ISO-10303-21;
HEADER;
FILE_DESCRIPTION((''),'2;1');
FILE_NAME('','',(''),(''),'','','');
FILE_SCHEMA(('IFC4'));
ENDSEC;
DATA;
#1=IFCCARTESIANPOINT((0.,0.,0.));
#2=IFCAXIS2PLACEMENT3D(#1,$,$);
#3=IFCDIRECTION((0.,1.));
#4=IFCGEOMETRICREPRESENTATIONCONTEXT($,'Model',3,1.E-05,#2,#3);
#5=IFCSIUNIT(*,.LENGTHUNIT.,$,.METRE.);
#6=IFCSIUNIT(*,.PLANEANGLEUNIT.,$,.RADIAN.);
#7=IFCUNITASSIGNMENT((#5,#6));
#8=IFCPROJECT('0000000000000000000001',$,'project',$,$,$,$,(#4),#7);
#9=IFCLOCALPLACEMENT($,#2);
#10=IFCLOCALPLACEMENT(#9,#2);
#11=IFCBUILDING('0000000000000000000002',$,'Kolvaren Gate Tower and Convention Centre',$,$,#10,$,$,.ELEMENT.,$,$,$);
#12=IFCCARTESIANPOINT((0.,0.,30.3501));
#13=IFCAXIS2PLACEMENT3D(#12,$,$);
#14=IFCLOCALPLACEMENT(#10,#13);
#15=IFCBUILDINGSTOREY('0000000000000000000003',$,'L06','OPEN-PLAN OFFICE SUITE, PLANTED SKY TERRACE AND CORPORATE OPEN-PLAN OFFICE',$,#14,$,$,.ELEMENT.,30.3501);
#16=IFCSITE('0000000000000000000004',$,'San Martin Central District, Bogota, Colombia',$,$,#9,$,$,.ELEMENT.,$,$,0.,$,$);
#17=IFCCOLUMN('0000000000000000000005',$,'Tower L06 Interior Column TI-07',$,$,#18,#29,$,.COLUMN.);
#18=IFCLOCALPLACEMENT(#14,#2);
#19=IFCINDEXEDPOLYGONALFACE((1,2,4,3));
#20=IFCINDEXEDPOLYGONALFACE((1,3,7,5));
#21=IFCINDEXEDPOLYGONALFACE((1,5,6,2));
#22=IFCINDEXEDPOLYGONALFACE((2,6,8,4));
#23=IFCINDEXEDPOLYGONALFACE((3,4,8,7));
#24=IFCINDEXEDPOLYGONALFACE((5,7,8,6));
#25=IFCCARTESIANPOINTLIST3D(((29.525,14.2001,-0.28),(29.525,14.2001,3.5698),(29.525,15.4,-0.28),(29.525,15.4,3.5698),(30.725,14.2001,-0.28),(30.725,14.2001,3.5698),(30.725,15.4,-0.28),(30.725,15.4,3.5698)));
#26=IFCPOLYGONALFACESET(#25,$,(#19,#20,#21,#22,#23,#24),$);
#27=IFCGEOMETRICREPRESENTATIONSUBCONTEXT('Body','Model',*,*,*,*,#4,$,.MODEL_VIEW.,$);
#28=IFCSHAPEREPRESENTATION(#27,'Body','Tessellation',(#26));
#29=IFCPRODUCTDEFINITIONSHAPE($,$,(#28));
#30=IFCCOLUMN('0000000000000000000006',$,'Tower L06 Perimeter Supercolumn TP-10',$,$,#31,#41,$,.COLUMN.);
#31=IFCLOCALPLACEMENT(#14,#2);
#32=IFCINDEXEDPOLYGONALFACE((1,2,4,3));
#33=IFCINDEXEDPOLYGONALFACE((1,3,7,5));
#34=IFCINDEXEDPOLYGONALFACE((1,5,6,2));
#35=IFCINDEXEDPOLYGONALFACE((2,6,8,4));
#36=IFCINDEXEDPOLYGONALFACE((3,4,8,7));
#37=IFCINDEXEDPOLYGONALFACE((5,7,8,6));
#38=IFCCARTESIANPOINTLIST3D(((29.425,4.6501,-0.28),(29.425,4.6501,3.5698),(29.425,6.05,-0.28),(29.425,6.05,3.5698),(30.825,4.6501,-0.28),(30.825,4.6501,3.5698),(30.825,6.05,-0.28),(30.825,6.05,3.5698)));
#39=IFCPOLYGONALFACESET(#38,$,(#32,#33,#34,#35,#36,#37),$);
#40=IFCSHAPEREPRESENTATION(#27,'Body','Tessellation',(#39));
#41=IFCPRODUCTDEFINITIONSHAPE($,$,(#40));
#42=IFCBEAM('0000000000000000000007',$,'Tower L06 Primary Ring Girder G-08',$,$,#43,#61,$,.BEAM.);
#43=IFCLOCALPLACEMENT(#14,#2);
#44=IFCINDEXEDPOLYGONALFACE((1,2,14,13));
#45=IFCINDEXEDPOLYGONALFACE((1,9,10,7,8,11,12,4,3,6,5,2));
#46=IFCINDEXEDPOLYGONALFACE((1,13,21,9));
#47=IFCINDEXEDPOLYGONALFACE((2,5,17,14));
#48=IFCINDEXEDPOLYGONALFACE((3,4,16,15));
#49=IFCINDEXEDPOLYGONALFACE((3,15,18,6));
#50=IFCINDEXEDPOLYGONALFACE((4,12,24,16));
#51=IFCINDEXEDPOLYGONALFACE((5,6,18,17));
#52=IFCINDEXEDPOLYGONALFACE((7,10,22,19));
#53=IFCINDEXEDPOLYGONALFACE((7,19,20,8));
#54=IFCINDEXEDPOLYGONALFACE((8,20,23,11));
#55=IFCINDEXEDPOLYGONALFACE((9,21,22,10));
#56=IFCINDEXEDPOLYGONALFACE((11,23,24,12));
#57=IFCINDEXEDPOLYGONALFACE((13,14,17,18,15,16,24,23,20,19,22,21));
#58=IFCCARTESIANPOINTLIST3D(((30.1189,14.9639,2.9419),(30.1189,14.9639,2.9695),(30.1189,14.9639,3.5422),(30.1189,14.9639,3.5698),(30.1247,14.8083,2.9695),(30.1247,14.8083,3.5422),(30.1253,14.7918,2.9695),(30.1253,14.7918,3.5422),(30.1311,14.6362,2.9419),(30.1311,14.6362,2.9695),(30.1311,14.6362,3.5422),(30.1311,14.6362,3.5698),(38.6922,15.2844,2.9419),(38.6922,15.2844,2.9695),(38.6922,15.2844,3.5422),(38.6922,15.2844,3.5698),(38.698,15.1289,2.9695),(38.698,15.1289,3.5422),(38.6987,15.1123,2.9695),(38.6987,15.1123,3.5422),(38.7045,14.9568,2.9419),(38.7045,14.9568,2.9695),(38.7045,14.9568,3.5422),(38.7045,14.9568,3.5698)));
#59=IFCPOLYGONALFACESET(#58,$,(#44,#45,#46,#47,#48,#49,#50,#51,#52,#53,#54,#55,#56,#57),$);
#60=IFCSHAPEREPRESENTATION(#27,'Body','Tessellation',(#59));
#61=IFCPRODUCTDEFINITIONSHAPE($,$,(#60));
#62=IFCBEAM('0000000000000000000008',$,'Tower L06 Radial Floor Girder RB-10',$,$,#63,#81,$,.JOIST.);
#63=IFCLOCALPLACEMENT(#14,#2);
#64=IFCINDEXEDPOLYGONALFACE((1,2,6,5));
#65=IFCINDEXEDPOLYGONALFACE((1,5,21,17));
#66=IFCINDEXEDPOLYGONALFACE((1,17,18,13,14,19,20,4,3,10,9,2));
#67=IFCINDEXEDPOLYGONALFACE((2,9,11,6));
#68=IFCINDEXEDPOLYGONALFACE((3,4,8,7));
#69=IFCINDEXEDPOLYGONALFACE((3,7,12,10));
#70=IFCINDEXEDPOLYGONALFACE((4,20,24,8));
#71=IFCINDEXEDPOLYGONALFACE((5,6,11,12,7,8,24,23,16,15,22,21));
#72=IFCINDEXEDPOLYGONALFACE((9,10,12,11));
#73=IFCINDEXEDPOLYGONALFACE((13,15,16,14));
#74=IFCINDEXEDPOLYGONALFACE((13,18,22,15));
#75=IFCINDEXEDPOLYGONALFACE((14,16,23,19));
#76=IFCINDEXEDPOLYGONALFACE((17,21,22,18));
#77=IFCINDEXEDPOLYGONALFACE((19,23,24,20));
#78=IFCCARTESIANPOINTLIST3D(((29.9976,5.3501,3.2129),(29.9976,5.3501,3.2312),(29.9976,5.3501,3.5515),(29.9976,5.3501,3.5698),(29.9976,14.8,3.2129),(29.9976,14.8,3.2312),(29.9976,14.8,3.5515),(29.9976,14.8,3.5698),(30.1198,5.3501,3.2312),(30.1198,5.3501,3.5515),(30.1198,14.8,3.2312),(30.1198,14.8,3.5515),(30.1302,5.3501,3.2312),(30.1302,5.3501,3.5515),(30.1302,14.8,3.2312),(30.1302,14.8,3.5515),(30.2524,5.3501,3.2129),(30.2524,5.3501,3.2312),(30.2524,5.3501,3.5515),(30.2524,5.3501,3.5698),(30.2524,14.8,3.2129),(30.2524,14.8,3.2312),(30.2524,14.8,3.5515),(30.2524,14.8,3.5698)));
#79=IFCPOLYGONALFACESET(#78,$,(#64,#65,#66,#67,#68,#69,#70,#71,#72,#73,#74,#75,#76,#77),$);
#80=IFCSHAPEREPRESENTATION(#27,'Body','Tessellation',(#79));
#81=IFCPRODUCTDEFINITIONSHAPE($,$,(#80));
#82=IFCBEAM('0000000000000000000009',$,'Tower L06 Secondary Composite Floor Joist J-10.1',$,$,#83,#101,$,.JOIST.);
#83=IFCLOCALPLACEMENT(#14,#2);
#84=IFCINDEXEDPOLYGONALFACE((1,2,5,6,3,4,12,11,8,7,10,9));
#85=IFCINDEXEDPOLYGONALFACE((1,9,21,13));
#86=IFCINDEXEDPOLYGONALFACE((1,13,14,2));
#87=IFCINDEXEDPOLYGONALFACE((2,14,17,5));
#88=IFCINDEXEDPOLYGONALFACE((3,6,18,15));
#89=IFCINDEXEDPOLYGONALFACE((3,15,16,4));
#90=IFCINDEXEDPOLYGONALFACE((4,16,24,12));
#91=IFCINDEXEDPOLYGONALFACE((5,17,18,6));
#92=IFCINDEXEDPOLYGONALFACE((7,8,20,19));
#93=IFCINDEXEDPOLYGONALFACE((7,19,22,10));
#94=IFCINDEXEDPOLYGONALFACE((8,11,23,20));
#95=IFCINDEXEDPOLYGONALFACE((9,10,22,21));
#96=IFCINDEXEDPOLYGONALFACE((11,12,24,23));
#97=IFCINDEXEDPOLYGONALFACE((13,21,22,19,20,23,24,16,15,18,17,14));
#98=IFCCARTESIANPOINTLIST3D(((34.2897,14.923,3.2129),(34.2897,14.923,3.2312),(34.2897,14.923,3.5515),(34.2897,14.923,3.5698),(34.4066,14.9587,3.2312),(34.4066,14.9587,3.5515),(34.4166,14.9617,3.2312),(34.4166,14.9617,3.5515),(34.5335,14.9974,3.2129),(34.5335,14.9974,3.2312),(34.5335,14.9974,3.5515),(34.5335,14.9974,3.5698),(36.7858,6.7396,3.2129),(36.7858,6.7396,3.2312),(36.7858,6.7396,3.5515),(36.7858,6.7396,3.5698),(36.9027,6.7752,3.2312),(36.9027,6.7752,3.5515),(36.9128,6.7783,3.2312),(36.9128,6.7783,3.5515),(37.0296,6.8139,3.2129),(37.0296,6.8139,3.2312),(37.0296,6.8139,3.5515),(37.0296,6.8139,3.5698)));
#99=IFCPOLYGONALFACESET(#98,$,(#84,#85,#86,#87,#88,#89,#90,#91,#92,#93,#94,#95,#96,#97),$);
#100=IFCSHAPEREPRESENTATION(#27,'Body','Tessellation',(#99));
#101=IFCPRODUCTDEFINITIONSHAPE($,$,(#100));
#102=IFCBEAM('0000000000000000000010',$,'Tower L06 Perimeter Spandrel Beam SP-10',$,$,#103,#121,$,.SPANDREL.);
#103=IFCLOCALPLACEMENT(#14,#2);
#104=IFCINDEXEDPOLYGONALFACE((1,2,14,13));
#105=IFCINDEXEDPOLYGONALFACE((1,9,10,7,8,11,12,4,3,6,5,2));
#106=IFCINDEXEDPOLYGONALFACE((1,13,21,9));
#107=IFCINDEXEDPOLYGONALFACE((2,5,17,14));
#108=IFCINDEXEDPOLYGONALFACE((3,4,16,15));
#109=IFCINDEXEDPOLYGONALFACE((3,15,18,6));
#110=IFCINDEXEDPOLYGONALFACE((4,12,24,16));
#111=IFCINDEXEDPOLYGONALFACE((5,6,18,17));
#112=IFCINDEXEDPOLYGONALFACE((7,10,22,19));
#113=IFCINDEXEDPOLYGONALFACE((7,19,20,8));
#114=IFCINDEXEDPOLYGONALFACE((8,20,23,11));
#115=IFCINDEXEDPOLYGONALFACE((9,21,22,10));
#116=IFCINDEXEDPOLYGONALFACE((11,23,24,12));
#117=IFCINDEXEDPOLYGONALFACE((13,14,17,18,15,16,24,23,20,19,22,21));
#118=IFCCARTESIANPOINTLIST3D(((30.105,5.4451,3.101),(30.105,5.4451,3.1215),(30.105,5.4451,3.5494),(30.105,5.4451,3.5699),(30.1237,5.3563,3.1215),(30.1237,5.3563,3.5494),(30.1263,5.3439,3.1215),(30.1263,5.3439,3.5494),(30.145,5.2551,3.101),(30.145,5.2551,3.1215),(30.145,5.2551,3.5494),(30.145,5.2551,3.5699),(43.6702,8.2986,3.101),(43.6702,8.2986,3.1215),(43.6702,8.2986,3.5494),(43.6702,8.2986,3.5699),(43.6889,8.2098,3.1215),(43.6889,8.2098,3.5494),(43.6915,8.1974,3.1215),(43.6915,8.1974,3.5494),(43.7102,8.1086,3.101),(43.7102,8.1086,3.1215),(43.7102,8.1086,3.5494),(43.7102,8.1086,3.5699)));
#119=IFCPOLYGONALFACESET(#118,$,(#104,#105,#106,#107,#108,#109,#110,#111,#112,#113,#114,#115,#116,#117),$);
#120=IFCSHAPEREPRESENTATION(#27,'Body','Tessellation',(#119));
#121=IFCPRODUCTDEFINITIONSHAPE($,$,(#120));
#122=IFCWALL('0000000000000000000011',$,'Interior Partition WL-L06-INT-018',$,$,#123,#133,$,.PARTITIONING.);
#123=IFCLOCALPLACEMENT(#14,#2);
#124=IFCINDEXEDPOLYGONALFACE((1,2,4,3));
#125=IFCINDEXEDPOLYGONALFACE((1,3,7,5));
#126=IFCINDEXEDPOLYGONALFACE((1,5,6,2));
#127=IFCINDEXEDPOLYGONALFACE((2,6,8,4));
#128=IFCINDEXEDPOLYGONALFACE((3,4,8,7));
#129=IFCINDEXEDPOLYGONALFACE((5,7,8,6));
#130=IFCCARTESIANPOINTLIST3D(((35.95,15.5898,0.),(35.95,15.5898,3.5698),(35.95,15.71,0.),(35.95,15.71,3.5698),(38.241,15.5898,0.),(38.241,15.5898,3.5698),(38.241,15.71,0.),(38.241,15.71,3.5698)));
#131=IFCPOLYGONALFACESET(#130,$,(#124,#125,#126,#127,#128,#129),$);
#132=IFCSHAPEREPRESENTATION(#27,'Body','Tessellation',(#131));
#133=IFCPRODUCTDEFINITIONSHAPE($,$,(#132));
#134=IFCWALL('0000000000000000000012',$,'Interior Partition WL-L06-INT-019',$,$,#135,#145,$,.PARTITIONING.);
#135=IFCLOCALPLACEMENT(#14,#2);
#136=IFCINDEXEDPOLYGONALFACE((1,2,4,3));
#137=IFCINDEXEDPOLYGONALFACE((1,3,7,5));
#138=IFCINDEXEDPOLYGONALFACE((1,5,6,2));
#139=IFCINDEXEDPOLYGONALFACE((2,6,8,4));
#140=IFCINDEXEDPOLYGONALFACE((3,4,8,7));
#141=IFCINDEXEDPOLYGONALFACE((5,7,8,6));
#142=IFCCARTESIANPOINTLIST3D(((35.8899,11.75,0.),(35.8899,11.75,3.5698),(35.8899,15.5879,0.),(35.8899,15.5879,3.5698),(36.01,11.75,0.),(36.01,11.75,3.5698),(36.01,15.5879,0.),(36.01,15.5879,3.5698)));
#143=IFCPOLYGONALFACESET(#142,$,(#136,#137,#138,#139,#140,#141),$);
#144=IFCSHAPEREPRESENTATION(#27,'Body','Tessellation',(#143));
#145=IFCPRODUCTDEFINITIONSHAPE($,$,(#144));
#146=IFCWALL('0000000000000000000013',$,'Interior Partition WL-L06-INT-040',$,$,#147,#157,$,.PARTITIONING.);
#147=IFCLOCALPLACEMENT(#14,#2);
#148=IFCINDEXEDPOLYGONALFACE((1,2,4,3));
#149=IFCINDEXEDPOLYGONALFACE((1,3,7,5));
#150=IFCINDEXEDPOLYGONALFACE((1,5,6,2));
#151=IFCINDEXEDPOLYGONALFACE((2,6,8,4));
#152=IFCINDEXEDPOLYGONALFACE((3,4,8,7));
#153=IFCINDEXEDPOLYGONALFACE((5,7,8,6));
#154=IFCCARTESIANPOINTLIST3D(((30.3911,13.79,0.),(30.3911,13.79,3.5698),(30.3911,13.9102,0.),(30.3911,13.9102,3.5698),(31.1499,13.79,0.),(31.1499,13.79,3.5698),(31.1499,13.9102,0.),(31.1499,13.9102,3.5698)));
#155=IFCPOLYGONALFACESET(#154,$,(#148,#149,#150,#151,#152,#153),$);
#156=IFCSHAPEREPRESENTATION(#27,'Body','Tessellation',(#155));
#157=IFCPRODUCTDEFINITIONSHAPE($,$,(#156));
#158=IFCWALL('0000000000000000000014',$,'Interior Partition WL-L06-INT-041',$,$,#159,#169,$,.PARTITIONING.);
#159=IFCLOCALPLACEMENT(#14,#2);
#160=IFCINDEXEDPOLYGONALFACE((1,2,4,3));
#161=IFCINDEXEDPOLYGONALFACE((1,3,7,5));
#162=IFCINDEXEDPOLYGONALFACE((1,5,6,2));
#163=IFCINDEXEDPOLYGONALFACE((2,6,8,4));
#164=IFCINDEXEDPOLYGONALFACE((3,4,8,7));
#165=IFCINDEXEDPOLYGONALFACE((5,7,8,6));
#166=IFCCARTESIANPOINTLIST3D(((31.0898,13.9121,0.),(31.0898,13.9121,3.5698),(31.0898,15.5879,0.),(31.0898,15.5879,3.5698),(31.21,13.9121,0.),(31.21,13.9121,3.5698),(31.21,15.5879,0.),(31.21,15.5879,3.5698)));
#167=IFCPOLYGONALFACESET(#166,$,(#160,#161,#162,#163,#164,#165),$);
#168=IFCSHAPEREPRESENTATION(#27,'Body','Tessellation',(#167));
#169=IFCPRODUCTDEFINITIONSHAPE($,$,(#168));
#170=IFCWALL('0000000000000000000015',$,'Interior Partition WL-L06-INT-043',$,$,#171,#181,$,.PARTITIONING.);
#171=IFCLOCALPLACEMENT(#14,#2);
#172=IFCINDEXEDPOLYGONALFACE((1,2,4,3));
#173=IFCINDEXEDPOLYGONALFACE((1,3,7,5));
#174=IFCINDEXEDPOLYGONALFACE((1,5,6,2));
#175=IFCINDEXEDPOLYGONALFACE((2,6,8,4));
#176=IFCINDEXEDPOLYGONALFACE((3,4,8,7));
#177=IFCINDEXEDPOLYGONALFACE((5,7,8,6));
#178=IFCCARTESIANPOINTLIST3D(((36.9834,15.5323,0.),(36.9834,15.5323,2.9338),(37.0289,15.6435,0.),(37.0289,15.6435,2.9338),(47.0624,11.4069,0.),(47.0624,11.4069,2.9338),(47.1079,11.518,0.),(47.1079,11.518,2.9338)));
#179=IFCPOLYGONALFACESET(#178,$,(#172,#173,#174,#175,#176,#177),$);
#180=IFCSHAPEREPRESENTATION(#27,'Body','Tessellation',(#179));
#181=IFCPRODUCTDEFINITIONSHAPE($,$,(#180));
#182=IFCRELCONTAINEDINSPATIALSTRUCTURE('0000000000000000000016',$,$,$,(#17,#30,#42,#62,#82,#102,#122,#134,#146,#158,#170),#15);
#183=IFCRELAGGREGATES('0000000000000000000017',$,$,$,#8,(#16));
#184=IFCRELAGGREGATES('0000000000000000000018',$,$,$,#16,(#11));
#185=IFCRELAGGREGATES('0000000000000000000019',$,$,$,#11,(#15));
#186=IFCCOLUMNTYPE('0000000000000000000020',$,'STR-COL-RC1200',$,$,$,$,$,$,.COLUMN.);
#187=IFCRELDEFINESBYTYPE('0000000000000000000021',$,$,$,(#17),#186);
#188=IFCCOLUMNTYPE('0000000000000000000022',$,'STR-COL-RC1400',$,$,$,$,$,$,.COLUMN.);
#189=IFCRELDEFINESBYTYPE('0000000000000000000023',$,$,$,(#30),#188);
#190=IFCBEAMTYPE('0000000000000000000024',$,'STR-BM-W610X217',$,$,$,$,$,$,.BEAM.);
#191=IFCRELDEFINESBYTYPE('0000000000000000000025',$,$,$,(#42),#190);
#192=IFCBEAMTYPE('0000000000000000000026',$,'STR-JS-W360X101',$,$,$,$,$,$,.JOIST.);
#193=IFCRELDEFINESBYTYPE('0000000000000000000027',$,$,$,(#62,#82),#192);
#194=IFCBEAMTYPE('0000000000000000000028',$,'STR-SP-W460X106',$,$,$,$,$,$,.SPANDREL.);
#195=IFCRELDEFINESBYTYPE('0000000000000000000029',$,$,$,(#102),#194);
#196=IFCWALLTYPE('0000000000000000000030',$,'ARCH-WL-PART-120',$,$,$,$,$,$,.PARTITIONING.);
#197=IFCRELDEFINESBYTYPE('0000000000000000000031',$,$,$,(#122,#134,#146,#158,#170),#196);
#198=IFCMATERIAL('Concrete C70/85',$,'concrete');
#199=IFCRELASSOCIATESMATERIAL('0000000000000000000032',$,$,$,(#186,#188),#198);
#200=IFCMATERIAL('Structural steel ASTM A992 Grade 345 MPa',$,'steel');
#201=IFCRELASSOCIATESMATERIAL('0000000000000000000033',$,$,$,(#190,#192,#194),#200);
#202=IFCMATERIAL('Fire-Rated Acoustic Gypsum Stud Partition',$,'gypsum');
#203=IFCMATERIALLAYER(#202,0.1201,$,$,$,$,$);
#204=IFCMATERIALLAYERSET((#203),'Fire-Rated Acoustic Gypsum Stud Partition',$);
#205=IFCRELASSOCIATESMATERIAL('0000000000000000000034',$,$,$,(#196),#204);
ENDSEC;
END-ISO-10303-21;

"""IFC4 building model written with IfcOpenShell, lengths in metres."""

from ifc_helpers import new_model, si_unit, direction, frame, frame_2d, origin, origin_2d, place, context, subcontext, project, spatial, rectangle, i_section, extrude, material, layer, layer_set, material_profile, profile_set, type_object, element, save


model = new_model("IFC4")

# Units and contexts
model_context = context("Model", 3, precision=1e-05, world=origin(), true_north=direction((0.0, 1.0)))
body_context = subcontext(model_context, "Body", "Model", "MODEL_VIEW")
ifc_project = project(units=[si_unit("LENGTHUNIT", "METRE"), si_unit("PLANEANGLEUNIT", "RADIAN")], contexts=[model_context])

# Site, building, storey
site_placement = place(None, origin())
site = spatial("IfcSite", under=ifc_project, at=site_placement, Name="San Martin Central District, Bogota, Colombia", CompositionType="ELEMENT", RefElevation=0.0)
building_placement = place(site_placement, origin())
building = spatial("IfcBuilding", under=site, at=building_placement, Name="Kolvaren Gate Tower and Convention Centre", CompositionType="ELEMENT")
storey_placement = place(building_placement, frame((0.0, 0.0, 30.3501)))
storey = spatial("IfcBuildingStorey", under=building, at=storey_placement, Name="L06", Description="OPEN-PLAN OFFICE SUITE, PLANTED SKY TERRACE AND CORPORATE OPEN-PLAN OFFICE", CompositionType="ELEMENT", Elevation=30.3501)

# Columns
ifc_material_1 = material(Name="Concrete C70/85", Category="concrete")
ifc_material_profile_1 = material_profile(ifc_material_1, rectangle(XDim=1.2, YDim=1.2, at=origin_2d()), Name="RC-COL-1200X1200")
ifc_profile_set_1 = profile_set([ifc_material_profile_1], Name="Concrete C70/85")
column_type_1 = type_object("IfcColumnType", Name="STR-COL-RC1200", PredefinedType="COLUMN", material=ifc_profile_set_1)
column_1_placement = place(storey_placement, frame((30.125, 14.8, -0.28), z_axis=(0.0, 0.0, 1.0), x_axis=(1.0, 0.0, 0.0)))
element("IfcColumn", 1, at=column_1_placement, inside=storey, type_object=column_type_1, Name="Tower L06 Interior Column TI-07", PredefinedType="COLUMN", context=body_context, shape_type="SweptSolid", body=[
    extrude(rectangle(XDim=1.2, YDim=1.2, at=origin_2d()), origin(), (0.0, 0.0, 1.0), 3.8499),
])
ifc_material_profile_2 = material_profile(ifc_material_1, rectangle(XDim=1.3999, YDim=1.3999, at=origin_2d()), Name="RC-COL-1400X1400")
ifc_profile_set_2 = profile_set([ifc_material_profile_2], Name="Concrete C70/85")
column_type_2 = type_object("IfcColumnType", Name="STR-COL-RC1400", PredefinedType="COLUMN", material=ifc_profile_set_2)
column_2_placement = place(storey_placement, frame((30.125, 5.3501, -0.28), z_axis=(0.0, 0.0, 1.0), x_axis=(1.0, 0.0, 0.0)))
element("IfcColumn", 2, at=column_2_placement, inside=storey, type_object=column_type_2, Name="Tower L06 Perimeter Supercolumn TP-10", PredefinedType="COLUMN", context=body_context, shape_type="SweptSolid", body=[
    extrude(rectangle(XDim=1.3999, YDim=1.3999, at=origin_2d()), origin(), (0.0, 0.0, 1.0), 3.8499),
])

# Beams
ifc_material_2 = material(Name="Structural steel ASTM A992 Grade 345 MPa", Category="steel")
ifc_material_profile_3 = material_profile(ifc_material_2, i_section(OverallWidth=0.3279, OverallDepth=0.6279, WebThickness=0.0166, FlangeThickness=0.0276, at=origin_2d()), Name="W610X217")
ifc_profile_set_3 = profile_set([ifc_material_profile_3], Name="Structural steel ASTM A992 Grade 345 MPa")
beam_type_1 = type_object("IfcBeamType", Name="STR-BM-W610X217", PredefinedType="BEAM", material=ifc_profile_set_3)
beam_1_placement = place(storey_placement, frame((30.125, 14.8, 3.2559), z_axis=(0.999302, 0.037364, 0.0), x_axis=(-0.037364, 0.999302, 0.0)))
element("IfcBeam", 3, at=beam_1_placement, inside=storey, type_object=beam_type_1, Name="Tower L06 Primary Ring Girder G-08", PredefinedType="BEAM", context=body_context, shape_type="SweptSolid", body=[
    extrude(i_section(OverallWidth=0.3279, OverallDepth=0.6279, WebThickness=0.0166, FlangeThickness=0.0276, at=origin_2d()), origin(), (0.0, 0.0, 1.0), 8.5793),
])
ifc_material_profile_4 = material_profile(ifc_material_2, i_section(OverallWidth=0.2549, OverallDepth=0.3569, WebThickness=0.0105, FlangeThickness=0.0183, at=origin_2d()), Name="W360X101")
ifc_profile_set_4 = profile_set([ifc_material_profile_4], Name="Structural steel ASTM A992 Grade 345 MPa")
beam_type_2 = type_object("IfcBeamType", Name="STR-JS-W360X101", PredefinedType="JOIST", material=ifc_profile_set_4)
beam_2_placement = place(storey_placement, frame((30.125, 14.8, 3.3914), z_axis=(0.0, -1.0, 0.0), x_axis=(1.0, 0.0, 0.0)))
element("IfcBeam", 4, at=beam_2_placement, inside=storey, type_object=beam_type_2, Name="Tower L06 Radial Floor Girder RB-10", PredefinedType="JOIST", context=body_context, shape_type="SweptSolid", body=[
    extrude(i_section(OverallWidth=0.2549, OverallDepth=0.3569, WebThickness=0.0105, FlangeThickness=0.0183, at=origin_2d()), origin(), (0.0, 0.0, 1.0), 9.45),
])
beam_3_placement = place(storey_placement, frame((34.4116, 14.9602, 3.3914), z_axis=(0.291751, -0.956494, 0.0), x_axis=(0.956494, 0.291751, 0.0)))
element("IfcBeam", 5, at=beam_3_placement, inside=storey, type_object=beam_type_2, Name="Tower L06 Secondary Composite Floor Joist J-10.1", PredefinedType="JOIST", context=body_context, shape_type="SweptSolid", body=[
    extrude(i_section(OverallWidth=0.2549, OverallDepth=0.3569, WebThickness=0.0105, FlangeThickness=0.0183, at=origin_2d()), origin(), (0.0, 0.0, 1.0), 8.5557),
])
ifc_material_profile_5 = material_profile(ifc_material_2, i_section(OverallWidth=0.1941, OverallDepth=0.469, WebThickness=0.0127, FlangeThickness=0.0205, at=origin_2d()), Name="W460X106")
ifc_profile_set_5 = profile_set([ifc_material_profile_5], Name="Structural steel ASTM A992 Grade 345 MPa")
beam_type_3 = type_object("IfcBeamType", Name="STR-SP-W460X106", PredefinedType="SPANDREL", material=ifc_profile_set_5)
beam_4_placement = place(storey_placement, frame((30.125, 5.3501, 3.3354), z_axis=(0.978583, 0.205851, 0.0), x_axis=(-0.205851, 0.978583, 0.0)))
element("IfcBeam", 6, at=beam_4_placement, inside=storey, type_object=beam_type_3, Name="Tower L06 Perimeter Spandrel Beam SP-10", PredefinedType="SPANDREL", context=body_context, shape_type="SweptSolid", body=[
    extrude(i_section(OverallWidth=0.1941, OverallDepth=0.469, WebThickness=0.0127, FlangeThickness=0.0205, at=origin_2d()), origin(), (0.0, 0.0, 1.0), 13.8621),
])

# Walls
ifc_material_3 = material(Name="Fire-Rated Acoustic Gypsum Stud Partition", Category="gypsum")
ifc_layer_1 = layer(ifc_material_3, 0.1201)
ifc_layer_set_1 = layer_set([ifc_layer_1], Name="Fire-Rated Acoustic Gypsum Stud Partition")
wall_type_1 = type_object("IfcWallType", Name="ARCH-WL-PART-120", PredefinedType="PARTITIONING", material=ifc_layer_set_1)
wall_1_placement = place(storey_placement, frame((35.95, 15.6499, 0.0), z_axis=(0.0, 0.0, 1.0), x_axis=(1.0, 0.0, 0.0)))
element("IfcWall", 7, at=wall_1_placement, inside=storey, type_object=wall_type_1, Name="Interior Partition WL-L06-INT-018", PredefinedType="PARTITIONING", context=body_context, shape_type="SweptSolid", body=[
    extrude(rectangle(XDim=2.291, YDim=0.1201, at=frame_2d((1.1455, 0.0))), origin(), (0.0, 0.0, 1.0), 3.5698),
])
wall_2_placement = place(storey_placement, frame((35.95, 11.75, 0.0), z_axis=(0.0, 0.0, 1.0), x_axis=(0.0, 1.0, 0.0)))
element("IfcWall", 8, at=wall_2_placement, inside=storey, type_object=wall_type_1, Name="Interior Partition WL-L06-INT-019", PredefinedType="PARTITIONING", context=body_context, shape_type="SweptSolid", body=[
    extrude(rectangle(XDim=3.8379, YDim=0.1201, at=frame_2d((1.9189, 0.0))), origin(), (0.0, 0.0, 1.0), 3.5698),
])
wall_3_placement = place(storey_placement, frame((30.3911, 13.8501, 0.0), z_axis=(0.0, 0.0, 1.0), x_axis=(1.0, 0.0, 0.0)))
element("IfcWall", 9, at=wall_3_placement, inside=storey, type_object=wall_type_1, Name="Interior Partition WL-L06-INT-040", PredefinedType="PARTITIONING", context=body_context, shape_type="SweptSolid", body=[
    extrude(rectangle(XDim=0.7588, YDim=0.1201, at=frame_2d((0.3794, 0.0))), origin(), (0.0, 0.0, 1.0), 3.5698),
])
wall_4_placement = place(storey_placement, frame((31.1499, 13.9121, 0.0), z_axis=(0.0, 0.0, 1.0), x_axis=(0.0, 1.0, 0.0)))
element("IfcWall", 10, at=wall_4_placement, inside=storey, type_object=wall_type_1, Name="Interior Partition WL-L06-INT-041", PredefinedType="PARTITIONING", context=body_context, shape_type="SweptSolid", body=[
    extrude(rectangle(XDim=1.6758, YDim=0.1201, at=frame_2d((0.8379, 0.0))), origin(), (0.0, 0.0, 1.0), 3.5698),
])
wall_5_placement = place(storey_placement, frame((37.0061, 15.5879, 0.0), z_axis=(0.0, 0.0, 1.0), x_axis=(0.925476, -0.378807, 0.0)))
element("IfcWall", 11, at=wall_5_placement, inside=storey, type_object=wall_type_1, Name="Interior Partition WL-L06-INT-043", PredefinedType="PARTITIONING", context=body_context, shape_type="SweptSolid", body=[
    extrude(rectangle(XDim=10.8906, YDim=0.1201, at=frame_2d((5.4453, 0.0))), origin(), (0.0, 0.0, 1.0), 2.9338),
])

save(model, "model.ifc")
